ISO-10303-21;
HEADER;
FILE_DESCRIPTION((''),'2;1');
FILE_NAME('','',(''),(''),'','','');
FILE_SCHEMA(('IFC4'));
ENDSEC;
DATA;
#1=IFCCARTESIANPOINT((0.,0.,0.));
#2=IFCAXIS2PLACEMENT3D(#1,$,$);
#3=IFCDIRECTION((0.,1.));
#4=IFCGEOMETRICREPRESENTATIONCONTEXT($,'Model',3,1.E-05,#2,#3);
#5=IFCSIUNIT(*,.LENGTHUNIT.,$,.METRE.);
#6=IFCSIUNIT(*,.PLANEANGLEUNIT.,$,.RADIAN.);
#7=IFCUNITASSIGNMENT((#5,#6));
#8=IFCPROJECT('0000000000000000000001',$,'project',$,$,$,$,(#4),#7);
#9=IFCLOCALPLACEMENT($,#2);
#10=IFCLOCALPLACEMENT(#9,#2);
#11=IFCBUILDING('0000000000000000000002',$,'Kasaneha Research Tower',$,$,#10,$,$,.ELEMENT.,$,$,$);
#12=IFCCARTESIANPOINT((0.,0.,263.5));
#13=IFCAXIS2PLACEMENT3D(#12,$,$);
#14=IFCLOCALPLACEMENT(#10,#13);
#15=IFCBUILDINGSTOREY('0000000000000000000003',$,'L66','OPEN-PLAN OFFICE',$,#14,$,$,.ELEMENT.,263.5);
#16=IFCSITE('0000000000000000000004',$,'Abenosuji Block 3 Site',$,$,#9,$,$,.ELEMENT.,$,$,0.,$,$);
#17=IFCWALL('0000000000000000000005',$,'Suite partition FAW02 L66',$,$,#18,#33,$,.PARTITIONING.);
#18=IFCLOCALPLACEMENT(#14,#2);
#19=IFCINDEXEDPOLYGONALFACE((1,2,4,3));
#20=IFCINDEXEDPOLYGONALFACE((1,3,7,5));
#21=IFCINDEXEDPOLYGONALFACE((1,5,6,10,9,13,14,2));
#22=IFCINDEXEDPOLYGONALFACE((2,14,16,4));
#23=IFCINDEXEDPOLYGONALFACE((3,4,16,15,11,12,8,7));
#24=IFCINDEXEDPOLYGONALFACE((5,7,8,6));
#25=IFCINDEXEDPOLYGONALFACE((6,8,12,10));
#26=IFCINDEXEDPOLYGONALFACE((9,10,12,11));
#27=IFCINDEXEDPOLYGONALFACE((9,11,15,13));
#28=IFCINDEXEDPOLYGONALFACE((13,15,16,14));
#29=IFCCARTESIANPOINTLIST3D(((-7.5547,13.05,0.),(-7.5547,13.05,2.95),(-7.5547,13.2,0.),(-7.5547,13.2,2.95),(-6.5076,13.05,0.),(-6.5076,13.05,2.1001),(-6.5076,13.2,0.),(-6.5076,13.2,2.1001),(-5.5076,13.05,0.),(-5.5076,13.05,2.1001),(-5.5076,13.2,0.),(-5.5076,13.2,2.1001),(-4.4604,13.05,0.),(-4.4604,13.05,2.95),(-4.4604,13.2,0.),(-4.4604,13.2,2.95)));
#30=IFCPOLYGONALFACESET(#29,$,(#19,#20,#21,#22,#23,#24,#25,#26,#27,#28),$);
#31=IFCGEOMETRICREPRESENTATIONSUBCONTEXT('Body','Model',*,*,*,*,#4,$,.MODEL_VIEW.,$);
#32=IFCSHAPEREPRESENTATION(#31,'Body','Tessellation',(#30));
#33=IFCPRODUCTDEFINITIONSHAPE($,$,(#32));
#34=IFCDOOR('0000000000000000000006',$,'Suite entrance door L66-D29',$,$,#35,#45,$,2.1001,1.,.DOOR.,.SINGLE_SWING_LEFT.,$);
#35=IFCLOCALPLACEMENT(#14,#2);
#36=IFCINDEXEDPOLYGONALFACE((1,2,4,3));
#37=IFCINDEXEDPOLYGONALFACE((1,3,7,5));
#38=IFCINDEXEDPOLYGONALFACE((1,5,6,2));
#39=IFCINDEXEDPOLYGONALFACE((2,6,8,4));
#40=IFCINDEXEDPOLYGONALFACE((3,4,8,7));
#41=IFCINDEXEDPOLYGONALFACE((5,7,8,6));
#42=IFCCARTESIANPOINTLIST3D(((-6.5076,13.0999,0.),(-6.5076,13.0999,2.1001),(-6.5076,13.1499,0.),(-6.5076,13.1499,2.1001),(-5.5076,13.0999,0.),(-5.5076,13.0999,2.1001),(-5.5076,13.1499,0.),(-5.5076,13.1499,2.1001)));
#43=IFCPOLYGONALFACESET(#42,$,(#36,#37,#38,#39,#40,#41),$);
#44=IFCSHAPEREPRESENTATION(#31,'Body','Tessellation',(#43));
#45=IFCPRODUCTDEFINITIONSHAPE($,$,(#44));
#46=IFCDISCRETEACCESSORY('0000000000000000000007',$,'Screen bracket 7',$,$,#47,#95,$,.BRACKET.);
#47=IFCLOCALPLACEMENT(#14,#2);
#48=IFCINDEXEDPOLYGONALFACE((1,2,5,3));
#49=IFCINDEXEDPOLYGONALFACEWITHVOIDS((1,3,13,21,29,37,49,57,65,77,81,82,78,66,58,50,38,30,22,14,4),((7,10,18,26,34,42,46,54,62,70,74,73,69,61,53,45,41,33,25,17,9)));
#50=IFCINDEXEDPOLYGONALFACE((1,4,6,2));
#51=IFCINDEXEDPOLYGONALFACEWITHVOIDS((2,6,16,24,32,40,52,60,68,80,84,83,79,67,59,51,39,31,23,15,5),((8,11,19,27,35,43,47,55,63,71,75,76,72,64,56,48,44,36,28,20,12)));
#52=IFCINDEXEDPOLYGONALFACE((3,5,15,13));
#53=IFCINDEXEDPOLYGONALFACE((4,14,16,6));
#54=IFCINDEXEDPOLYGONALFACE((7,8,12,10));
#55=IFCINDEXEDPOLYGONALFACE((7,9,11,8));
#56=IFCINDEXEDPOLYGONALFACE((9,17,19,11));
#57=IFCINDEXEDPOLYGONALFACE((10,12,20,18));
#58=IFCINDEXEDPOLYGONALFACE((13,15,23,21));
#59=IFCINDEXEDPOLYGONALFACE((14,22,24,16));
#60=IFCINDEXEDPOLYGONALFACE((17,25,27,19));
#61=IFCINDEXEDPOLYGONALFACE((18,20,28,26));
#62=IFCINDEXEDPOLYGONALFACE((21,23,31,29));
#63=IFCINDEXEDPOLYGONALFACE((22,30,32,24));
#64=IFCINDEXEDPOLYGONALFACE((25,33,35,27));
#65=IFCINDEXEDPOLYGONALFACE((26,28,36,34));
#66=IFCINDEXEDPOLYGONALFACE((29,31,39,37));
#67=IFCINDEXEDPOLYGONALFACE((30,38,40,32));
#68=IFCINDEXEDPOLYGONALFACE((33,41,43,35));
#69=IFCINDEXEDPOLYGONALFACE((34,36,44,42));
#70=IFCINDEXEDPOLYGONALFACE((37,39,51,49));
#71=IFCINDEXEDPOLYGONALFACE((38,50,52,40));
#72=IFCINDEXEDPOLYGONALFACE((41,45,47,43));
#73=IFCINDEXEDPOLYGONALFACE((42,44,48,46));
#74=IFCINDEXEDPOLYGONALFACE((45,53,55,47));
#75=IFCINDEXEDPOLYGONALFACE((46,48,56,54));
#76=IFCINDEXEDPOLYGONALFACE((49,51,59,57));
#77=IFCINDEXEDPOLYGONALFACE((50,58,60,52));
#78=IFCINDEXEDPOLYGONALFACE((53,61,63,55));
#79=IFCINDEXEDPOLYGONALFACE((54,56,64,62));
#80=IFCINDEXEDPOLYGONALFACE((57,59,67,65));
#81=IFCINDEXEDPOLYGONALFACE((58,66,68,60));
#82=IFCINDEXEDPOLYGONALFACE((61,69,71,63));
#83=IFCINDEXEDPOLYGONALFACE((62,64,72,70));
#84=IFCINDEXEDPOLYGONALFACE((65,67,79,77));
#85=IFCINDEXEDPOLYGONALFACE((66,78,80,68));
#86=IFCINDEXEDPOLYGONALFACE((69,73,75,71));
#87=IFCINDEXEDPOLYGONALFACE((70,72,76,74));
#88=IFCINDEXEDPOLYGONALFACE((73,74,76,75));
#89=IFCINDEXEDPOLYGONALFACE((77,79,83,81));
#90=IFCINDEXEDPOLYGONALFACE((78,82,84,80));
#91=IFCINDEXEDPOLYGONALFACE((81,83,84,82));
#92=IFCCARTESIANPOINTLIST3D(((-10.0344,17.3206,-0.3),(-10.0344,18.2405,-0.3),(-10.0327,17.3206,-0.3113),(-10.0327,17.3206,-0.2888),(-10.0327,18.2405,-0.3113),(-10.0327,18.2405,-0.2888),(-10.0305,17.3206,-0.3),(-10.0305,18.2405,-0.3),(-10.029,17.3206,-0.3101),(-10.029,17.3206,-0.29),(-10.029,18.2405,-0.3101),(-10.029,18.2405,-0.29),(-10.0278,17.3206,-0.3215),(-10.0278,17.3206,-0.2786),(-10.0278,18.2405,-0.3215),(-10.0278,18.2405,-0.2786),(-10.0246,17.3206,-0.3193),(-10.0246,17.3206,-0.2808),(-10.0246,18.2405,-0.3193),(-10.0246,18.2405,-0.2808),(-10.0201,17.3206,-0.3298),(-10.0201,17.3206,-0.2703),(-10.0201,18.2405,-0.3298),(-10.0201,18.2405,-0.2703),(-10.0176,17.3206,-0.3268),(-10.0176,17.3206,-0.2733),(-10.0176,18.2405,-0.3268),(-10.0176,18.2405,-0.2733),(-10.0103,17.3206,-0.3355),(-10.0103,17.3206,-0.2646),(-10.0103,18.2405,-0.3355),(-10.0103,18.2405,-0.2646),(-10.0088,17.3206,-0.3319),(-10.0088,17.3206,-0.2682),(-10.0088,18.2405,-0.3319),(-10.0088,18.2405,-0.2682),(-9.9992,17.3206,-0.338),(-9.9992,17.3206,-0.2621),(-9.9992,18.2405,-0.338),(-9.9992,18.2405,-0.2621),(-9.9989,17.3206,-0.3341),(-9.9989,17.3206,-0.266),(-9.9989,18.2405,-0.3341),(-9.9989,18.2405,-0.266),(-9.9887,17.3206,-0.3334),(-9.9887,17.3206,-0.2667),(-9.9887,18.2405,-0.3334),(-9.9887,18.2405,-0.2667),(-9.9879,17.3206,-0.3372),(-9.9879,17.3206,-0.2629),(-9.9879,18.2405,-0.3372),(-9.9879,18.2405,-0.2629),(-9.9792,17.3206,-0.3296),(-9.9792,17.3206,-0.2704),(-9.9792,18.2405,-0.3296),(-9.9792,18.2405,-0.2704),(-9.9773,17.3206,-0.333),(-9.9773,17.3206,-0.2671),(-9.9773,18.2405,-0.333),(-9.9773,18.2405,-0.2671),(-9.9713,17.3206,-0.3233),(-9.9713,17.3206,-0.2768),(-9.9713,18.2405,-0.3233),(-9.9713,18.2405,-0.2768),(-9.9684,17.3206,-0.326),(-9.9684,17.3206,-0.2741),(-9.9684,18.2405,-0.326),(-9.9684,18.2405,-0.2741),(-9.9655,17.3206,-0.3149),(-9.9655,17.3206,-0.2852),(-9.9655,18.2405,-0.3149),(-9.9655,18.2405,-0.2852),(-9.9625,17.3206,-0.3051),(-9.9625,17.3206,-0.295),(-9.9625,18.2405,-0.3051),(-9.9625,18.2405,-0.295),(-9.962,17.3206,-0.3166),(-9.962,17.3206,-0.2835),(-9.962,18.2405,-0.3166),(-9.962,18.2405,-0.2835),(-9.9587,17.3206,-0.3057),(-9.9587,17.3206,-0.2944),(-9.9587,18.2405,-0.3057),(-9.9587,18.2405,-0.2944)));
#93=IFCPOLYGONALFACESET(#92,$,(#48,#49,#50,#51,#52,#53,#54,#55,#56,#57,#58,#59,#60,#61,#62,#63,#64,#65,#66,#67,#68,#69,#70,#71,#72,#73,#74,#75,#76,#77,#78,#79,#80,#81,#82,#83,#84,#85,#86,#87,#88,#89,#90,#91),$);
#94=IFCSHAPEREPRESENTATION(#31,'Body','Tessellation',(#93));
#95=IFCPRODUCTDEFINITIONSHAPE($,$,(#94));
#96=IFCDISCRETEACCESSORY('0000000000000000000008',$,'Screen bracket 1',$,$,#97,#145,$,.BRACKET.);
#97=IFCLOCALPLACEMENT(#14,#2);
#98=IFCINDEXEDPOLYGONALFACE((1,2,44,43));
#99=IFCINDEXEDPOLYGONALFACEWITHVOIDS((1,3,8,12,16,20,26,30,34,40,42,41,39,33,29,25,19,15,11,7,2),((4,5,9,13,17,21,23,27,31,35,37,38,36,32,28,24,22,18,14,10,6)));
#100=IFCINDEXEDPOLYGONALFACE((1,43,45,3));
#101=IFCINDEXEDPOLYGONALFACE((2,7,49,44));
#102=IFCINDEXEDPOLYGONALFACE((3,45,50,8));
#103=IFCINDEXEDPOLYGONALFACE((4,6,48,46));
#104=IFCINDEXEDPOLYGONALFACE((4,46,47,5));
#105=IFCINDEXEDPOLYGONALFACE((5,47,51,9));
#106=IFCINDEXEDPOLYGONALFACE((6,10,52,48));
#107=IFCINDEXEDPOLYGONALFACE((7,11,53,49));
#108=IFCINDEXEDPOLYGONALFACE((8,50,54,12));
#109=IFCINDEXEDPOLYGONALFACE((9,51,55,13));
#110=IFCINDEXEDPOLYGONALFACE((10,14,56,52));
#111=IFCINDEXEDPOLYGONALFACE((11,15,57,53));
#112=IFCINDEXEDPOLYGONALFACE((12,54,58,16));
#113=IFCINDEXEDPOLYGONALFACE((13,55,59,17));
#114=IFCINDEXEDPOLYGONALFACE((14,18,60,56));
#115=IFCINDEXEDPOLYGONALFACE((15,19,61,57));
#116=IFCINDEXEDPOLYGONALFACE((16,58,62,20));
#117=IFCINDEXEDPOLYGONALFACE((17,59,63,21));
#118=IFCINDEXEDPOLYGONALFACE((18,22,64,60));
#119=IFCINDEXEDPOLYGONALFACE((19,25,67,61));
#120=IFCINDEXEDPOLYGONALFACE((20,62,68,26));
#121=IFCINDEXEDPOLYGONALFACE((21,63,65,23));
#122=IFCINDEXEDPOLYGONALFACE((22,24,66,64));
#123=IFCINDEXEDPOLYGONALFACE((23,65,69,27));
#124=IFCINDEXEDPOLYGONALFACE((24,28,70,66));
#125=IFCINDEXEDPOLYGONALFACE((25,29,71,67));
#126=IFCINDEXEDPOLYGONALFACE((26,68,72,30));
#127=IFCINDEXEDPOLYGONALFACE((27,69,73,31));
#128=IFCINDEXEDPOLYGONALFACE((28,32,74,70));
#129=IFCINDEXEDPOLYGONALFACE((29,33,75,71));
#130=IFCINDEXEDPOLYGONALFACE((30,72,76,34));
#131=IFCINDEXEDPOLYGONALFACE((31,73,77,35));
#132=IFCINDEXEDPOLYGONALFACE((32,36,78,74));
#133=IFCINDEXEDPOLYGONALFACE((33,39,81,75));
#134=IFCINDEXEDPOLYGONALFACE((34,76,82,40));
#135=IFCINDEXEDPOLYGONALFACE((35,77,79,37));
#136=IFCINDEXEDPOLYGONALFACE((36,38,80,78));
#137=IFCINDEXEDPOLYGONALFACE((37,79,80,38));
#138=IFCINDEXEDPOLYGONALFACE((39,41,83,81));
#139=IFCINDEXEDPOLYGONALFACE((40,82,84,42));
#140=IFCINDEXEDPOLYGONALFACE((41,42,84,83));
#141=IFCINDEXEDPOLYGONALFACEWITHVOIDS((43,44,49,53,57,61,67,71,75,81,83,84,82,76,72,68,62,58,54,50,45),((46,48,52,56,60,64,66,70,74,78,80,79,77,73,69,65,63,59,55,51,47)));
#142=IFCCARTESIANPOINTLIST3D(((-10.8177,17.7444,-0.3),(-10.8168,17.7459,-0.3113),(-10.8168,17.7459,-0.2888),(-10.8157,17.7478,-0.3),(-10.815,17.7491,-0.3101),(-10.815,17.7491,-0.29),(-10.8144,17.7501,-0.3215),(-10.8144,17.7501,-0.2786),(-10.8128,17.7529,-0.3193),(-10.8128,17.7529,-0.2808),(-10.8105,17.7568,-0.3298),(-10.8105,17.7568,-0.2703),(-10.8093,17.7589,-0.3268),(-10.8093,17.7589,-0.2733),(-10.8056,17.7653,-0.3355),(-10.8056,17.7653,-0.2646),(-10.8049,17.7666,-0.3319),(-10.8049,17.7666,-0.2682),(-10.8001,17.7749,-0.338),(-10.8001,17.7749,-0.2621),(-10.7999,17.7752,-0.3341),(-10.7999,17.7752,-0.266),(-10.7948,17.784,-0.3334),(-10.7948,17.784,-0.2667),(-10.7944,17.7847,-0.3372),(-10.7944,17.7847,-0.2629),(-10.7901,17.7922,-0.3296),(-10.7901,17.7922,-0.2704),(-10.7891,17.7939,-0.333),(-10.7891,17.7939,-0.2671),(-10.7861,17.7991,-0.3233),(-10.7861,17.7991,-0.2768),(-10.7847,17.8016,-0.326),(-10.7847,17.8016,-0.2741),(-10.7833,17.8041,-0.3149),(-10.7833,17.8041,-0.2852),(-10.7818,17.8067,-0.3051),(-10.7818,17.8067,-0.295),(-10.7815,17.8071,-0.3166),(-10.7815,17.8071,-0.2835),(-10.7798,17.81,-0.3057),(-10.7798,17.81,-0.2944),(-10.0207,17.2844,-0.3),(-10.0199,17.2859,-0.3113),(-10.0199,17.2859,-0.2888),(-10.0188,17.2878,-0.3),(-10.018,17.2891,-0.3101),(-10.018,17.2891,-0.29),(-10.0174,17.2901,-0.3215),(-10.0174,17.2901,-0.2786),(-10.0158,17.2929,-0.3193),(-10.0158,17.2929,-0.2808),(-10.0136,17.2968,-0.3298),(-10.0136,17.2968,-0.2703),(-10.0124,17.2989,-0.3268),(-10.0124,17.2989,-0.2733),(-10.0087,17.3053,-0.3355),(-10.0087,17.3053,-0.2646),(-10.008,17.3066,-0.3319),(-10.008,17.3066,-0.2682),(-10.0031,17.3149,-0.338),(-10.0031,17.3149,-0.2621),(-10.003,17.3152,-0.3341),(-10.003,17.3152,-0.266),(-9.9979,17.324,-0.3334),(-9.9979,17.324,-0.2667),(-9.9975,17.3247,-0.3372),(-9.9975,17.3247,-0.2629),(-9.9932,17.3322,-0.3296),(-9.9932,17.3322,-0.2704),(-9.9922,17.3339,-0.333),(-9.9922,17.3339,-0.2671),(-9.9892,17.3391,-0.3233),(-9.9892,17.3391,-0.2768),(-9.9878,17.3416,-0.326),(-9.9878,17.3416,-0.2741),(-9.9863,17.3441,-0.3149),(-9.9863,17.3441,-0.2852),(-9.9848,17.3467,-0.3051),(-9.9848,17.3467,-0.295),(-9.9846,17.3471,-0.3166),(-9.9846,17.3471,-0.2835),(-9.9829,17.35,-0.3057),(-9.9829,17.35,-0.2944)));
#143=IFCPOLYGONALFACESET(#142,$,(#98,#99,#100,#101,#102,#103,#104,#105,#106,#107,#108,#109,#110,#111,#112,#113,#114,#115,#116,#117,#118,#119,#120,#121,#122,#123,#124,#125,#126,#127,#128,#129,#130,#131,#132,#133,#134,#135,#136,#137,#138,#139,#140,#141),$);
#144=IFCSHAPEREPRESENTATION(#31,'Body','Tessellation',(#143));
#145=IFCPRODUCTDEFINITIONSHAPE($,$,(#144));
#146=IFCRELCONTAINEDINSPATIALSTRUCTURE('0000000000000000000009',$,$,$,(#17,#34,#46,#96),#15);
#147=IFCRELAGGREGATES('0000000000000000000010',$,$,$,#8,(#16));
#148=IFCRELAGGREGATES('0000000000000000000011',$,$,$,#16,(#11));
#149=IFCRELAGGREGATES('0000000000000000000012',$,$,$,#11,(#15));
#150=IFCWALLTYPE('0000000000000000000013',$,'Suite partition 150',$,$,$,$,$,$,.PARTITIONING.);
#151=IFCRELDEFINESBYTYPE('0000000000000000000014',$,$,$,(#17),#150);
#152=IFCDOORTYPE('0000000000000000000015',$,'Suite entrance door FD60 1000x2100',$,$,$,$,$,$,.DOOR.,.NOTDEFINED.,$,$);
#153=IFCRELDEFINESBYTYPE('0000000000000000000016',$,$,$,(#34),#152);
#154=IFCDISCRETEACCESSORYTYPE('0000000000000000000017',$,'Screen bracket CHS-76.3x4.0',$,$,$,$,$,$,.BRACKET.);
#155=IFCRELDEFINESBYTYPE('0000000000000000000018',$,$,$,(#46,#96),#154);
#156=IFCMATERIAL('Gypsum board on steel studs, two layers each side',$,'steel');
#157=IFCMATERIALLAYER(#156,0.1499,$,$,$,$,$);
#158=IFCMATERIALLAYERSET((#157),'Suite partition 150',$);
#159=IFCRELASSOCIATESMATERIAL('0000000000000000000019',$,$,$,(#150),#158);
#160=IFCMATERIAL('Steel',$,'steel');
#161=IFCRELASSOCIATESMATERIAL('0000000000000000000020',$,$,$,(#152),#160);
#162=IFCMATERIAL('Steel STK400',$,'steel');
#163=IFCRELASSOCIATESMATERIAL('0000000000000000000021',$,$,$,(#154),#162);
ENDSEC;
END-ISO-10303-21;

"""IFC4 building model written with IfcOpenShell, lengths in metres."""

from ifc_helpers import new_model, si_unit, direction, frame, frame_2d, origin, origin_2d, place, context, subcontext, project, spatial, rectangle, hollow_circle, extrude, material, layer, layer_set, material_profile, profile_set, type_object, element, fill, save


model = new_model("IFC4")

# Units and contexts
model_context = context("Model", 3, precision=1e-05, world=origin(), true_north=direction((0.0, 1.0)))
body_context = subcontext(model_context, "Body", "Model", "MODEL_VIEW")
ifc_project = project(units=[si_unit("LENGTHUNIT", "METRE"), si_unit("PLANEANGLEUNIT", "RADIAN")], contexts=[model_context])

# Site, building, storey
site_placement = place(None, origin())
site = spatial("IfcSite", under=ifc_project, at=site_placement, Name="Abenosuji Block 3 Site", CompositionType="ELEMENT", RefElevation=0.0)
building_placement = place(site_placement, origin())
building = spatial("IfcBuilding", under=site, at=building_placement, Name="Kasaneha Research Tower", CompositionType="ELEMENT")
storey_placement = place(building_placement, frame((0.0, 0.0, 263.5)))
storey = spatial("IfcBuildingStorey", under=building, at=storey_placement, Name="L66", Description="OPEN-PLAN OFFICE", CompositionType="ELEMENT", Elevation=263.5)

# Wall, opening, door
ifc_material_1 = material(Name="Gypsum board on steel studs, two layers each side", Category="steel")
ifc_layer_1 = layer(ifc_material_1, 0.1499)
ifc_layer_set_1 = layer_set([ifc_layer_1], Name="Suite partition 150")
wall_type_1 = type_object("IfcWallType", Name="Suite partition 150", PredefinedType="PARTITIONING", material=ifc_layer_set_1)
wall_1_placement = place(storey_placement, frame((-7.5547, 13.125, 0.0), z_axis=(0.0, 0.0, 1.0), x_axis=(1.0, 0.0, 0.0)))
wall_1 = element("IfcWall", 1, at=wall_1_placement, inside=storey, type_object=wall_type_1, Name="Suite partition FAW02 L66", PredefinedType="PARTITIONING", context=body_context, shape_type="SweptSolid", body=[
    extrude(rectangle(XDim=3.0942, YDim=0.1499, at=frame_2d((1.5471, 0.0))), origin(), (0.0, 0.0, 1.0), 2.95),
])
opening_1_placement = place(wall_1_placement, frame((1.0471, 0.0, 0.0)))
opening_1 = element("IfcOpeningElement", 2, at=opening_1_placement, cuts=wall_1, PredefinedType="OPENING", context=body_context, shape_type="SweptSolid", body=[
    extrude(rectangle(XDim=1.0, YDim=2.1001, at=frame_2d((0.5, 1.05))), frame((0.0, 0.085, 0.0), z_axis=(0.0, -1.0, 0.0), x_axis=(1.0, 0.0, 0.0)), (0.0, 0.0, 1.0), 0.1699),
])
ifc_material_2 = material(Name="Steel", Category="steel")
door_type_1 = type_object("IfcDoorType", Name="Suite entrance door FD60 1000x2100", OperationType="NOTDEFINED", PredefinedType="DOOR", material=ifc_material_2)
door_1_placement = place(opening_1_placement, origin())
door_1 = element("IfcDoor", 3, at=door_1_placement, inside=storey, type_object=door_type_1, Name="Suite entrance door L66-D29", OperationType="SINGLE_SWING_LEFT", OverallHeight=2.1001, OverallWidth=1.0, PredefinedType="DOOR", context=body_context, shape_type="SweptSolid", body=[
    extrude(rectangle(XDim=1.0, YDim=2.1001, at=frame_2d((0.5, 1.05))), frame((0.0, 0.0249, 0.0), z_axis=(0.0, -1.0, 0.0), x_axis=(1.0, 0.0, 0.0)), (0.0, 0.0, 1.0), 0.05),
])
fill(opening_1, door_1)

# Discrete accessories
ifc_material_3 = material(Name="Steel STK400", Category="steel")
ifc_material_profile_1 = material_profile(ifc_material_3, hollow_circle(Radius=0.0381, WallThickness=0.0039, at=origin_2d()), Name="CHS-76.3x4.0")
ifc_profile_set_1 = profile_set([ifc_material_profile_1], Name="Steel STK400")
discrete_accessory_type = type_object("IfcDiscreteAccessoryType", Name="Screen bracket CHS-76.3x4.0", PredefinedType="BRACKET", material=ifc_profile_set_1)
discrete_accessory_1_placement = place(storey_placement, frame((-9.9963, 17.3206, -0.3), z_axis=(0.0, 1.0, 0.0), x_axis=(-1.0, 0.0, 0.0)))
element("IfcDiscreteAccessory", 4, at=discrete_accessory_1_placement, inside=storey, type_object=discrete_accessory_type, Name="Screen bracket 7", PredefinedType="BRACKET", context=body_context, shape_type="SweptSolid", body=[
    extrude(hollow_circle(Radius=0.0381, WallThickness=0.0039, at=origin_2d()), origin(), (0.0, 0.0, 1.0), 0.9199),
])
discrete_accessory_2_placement = place(storey_placement, frame((-10.0017, 17.3174, -0.3), z_axis=(-0.86608, 0.499906, 0.0), x_axis=(-0.499906, -0.86608, 0.0)))
element("IfcDiscreteAccessory", 5, at=discrete_accessory_2_placement, inside=storey, type_object=discrete_accessory_type, Name="Screen bracket 1", PredefinedType="BRACKET", context=body_context, shape_type="SweptSolid", body=[
    extrude(hollow_circle(Radius=0.0381, WallThickness=0.0039, at=origin_2d()), origin(), (0.0, 0.0, 1.0), 0.9202),
])

save(model, "model.ifc")
